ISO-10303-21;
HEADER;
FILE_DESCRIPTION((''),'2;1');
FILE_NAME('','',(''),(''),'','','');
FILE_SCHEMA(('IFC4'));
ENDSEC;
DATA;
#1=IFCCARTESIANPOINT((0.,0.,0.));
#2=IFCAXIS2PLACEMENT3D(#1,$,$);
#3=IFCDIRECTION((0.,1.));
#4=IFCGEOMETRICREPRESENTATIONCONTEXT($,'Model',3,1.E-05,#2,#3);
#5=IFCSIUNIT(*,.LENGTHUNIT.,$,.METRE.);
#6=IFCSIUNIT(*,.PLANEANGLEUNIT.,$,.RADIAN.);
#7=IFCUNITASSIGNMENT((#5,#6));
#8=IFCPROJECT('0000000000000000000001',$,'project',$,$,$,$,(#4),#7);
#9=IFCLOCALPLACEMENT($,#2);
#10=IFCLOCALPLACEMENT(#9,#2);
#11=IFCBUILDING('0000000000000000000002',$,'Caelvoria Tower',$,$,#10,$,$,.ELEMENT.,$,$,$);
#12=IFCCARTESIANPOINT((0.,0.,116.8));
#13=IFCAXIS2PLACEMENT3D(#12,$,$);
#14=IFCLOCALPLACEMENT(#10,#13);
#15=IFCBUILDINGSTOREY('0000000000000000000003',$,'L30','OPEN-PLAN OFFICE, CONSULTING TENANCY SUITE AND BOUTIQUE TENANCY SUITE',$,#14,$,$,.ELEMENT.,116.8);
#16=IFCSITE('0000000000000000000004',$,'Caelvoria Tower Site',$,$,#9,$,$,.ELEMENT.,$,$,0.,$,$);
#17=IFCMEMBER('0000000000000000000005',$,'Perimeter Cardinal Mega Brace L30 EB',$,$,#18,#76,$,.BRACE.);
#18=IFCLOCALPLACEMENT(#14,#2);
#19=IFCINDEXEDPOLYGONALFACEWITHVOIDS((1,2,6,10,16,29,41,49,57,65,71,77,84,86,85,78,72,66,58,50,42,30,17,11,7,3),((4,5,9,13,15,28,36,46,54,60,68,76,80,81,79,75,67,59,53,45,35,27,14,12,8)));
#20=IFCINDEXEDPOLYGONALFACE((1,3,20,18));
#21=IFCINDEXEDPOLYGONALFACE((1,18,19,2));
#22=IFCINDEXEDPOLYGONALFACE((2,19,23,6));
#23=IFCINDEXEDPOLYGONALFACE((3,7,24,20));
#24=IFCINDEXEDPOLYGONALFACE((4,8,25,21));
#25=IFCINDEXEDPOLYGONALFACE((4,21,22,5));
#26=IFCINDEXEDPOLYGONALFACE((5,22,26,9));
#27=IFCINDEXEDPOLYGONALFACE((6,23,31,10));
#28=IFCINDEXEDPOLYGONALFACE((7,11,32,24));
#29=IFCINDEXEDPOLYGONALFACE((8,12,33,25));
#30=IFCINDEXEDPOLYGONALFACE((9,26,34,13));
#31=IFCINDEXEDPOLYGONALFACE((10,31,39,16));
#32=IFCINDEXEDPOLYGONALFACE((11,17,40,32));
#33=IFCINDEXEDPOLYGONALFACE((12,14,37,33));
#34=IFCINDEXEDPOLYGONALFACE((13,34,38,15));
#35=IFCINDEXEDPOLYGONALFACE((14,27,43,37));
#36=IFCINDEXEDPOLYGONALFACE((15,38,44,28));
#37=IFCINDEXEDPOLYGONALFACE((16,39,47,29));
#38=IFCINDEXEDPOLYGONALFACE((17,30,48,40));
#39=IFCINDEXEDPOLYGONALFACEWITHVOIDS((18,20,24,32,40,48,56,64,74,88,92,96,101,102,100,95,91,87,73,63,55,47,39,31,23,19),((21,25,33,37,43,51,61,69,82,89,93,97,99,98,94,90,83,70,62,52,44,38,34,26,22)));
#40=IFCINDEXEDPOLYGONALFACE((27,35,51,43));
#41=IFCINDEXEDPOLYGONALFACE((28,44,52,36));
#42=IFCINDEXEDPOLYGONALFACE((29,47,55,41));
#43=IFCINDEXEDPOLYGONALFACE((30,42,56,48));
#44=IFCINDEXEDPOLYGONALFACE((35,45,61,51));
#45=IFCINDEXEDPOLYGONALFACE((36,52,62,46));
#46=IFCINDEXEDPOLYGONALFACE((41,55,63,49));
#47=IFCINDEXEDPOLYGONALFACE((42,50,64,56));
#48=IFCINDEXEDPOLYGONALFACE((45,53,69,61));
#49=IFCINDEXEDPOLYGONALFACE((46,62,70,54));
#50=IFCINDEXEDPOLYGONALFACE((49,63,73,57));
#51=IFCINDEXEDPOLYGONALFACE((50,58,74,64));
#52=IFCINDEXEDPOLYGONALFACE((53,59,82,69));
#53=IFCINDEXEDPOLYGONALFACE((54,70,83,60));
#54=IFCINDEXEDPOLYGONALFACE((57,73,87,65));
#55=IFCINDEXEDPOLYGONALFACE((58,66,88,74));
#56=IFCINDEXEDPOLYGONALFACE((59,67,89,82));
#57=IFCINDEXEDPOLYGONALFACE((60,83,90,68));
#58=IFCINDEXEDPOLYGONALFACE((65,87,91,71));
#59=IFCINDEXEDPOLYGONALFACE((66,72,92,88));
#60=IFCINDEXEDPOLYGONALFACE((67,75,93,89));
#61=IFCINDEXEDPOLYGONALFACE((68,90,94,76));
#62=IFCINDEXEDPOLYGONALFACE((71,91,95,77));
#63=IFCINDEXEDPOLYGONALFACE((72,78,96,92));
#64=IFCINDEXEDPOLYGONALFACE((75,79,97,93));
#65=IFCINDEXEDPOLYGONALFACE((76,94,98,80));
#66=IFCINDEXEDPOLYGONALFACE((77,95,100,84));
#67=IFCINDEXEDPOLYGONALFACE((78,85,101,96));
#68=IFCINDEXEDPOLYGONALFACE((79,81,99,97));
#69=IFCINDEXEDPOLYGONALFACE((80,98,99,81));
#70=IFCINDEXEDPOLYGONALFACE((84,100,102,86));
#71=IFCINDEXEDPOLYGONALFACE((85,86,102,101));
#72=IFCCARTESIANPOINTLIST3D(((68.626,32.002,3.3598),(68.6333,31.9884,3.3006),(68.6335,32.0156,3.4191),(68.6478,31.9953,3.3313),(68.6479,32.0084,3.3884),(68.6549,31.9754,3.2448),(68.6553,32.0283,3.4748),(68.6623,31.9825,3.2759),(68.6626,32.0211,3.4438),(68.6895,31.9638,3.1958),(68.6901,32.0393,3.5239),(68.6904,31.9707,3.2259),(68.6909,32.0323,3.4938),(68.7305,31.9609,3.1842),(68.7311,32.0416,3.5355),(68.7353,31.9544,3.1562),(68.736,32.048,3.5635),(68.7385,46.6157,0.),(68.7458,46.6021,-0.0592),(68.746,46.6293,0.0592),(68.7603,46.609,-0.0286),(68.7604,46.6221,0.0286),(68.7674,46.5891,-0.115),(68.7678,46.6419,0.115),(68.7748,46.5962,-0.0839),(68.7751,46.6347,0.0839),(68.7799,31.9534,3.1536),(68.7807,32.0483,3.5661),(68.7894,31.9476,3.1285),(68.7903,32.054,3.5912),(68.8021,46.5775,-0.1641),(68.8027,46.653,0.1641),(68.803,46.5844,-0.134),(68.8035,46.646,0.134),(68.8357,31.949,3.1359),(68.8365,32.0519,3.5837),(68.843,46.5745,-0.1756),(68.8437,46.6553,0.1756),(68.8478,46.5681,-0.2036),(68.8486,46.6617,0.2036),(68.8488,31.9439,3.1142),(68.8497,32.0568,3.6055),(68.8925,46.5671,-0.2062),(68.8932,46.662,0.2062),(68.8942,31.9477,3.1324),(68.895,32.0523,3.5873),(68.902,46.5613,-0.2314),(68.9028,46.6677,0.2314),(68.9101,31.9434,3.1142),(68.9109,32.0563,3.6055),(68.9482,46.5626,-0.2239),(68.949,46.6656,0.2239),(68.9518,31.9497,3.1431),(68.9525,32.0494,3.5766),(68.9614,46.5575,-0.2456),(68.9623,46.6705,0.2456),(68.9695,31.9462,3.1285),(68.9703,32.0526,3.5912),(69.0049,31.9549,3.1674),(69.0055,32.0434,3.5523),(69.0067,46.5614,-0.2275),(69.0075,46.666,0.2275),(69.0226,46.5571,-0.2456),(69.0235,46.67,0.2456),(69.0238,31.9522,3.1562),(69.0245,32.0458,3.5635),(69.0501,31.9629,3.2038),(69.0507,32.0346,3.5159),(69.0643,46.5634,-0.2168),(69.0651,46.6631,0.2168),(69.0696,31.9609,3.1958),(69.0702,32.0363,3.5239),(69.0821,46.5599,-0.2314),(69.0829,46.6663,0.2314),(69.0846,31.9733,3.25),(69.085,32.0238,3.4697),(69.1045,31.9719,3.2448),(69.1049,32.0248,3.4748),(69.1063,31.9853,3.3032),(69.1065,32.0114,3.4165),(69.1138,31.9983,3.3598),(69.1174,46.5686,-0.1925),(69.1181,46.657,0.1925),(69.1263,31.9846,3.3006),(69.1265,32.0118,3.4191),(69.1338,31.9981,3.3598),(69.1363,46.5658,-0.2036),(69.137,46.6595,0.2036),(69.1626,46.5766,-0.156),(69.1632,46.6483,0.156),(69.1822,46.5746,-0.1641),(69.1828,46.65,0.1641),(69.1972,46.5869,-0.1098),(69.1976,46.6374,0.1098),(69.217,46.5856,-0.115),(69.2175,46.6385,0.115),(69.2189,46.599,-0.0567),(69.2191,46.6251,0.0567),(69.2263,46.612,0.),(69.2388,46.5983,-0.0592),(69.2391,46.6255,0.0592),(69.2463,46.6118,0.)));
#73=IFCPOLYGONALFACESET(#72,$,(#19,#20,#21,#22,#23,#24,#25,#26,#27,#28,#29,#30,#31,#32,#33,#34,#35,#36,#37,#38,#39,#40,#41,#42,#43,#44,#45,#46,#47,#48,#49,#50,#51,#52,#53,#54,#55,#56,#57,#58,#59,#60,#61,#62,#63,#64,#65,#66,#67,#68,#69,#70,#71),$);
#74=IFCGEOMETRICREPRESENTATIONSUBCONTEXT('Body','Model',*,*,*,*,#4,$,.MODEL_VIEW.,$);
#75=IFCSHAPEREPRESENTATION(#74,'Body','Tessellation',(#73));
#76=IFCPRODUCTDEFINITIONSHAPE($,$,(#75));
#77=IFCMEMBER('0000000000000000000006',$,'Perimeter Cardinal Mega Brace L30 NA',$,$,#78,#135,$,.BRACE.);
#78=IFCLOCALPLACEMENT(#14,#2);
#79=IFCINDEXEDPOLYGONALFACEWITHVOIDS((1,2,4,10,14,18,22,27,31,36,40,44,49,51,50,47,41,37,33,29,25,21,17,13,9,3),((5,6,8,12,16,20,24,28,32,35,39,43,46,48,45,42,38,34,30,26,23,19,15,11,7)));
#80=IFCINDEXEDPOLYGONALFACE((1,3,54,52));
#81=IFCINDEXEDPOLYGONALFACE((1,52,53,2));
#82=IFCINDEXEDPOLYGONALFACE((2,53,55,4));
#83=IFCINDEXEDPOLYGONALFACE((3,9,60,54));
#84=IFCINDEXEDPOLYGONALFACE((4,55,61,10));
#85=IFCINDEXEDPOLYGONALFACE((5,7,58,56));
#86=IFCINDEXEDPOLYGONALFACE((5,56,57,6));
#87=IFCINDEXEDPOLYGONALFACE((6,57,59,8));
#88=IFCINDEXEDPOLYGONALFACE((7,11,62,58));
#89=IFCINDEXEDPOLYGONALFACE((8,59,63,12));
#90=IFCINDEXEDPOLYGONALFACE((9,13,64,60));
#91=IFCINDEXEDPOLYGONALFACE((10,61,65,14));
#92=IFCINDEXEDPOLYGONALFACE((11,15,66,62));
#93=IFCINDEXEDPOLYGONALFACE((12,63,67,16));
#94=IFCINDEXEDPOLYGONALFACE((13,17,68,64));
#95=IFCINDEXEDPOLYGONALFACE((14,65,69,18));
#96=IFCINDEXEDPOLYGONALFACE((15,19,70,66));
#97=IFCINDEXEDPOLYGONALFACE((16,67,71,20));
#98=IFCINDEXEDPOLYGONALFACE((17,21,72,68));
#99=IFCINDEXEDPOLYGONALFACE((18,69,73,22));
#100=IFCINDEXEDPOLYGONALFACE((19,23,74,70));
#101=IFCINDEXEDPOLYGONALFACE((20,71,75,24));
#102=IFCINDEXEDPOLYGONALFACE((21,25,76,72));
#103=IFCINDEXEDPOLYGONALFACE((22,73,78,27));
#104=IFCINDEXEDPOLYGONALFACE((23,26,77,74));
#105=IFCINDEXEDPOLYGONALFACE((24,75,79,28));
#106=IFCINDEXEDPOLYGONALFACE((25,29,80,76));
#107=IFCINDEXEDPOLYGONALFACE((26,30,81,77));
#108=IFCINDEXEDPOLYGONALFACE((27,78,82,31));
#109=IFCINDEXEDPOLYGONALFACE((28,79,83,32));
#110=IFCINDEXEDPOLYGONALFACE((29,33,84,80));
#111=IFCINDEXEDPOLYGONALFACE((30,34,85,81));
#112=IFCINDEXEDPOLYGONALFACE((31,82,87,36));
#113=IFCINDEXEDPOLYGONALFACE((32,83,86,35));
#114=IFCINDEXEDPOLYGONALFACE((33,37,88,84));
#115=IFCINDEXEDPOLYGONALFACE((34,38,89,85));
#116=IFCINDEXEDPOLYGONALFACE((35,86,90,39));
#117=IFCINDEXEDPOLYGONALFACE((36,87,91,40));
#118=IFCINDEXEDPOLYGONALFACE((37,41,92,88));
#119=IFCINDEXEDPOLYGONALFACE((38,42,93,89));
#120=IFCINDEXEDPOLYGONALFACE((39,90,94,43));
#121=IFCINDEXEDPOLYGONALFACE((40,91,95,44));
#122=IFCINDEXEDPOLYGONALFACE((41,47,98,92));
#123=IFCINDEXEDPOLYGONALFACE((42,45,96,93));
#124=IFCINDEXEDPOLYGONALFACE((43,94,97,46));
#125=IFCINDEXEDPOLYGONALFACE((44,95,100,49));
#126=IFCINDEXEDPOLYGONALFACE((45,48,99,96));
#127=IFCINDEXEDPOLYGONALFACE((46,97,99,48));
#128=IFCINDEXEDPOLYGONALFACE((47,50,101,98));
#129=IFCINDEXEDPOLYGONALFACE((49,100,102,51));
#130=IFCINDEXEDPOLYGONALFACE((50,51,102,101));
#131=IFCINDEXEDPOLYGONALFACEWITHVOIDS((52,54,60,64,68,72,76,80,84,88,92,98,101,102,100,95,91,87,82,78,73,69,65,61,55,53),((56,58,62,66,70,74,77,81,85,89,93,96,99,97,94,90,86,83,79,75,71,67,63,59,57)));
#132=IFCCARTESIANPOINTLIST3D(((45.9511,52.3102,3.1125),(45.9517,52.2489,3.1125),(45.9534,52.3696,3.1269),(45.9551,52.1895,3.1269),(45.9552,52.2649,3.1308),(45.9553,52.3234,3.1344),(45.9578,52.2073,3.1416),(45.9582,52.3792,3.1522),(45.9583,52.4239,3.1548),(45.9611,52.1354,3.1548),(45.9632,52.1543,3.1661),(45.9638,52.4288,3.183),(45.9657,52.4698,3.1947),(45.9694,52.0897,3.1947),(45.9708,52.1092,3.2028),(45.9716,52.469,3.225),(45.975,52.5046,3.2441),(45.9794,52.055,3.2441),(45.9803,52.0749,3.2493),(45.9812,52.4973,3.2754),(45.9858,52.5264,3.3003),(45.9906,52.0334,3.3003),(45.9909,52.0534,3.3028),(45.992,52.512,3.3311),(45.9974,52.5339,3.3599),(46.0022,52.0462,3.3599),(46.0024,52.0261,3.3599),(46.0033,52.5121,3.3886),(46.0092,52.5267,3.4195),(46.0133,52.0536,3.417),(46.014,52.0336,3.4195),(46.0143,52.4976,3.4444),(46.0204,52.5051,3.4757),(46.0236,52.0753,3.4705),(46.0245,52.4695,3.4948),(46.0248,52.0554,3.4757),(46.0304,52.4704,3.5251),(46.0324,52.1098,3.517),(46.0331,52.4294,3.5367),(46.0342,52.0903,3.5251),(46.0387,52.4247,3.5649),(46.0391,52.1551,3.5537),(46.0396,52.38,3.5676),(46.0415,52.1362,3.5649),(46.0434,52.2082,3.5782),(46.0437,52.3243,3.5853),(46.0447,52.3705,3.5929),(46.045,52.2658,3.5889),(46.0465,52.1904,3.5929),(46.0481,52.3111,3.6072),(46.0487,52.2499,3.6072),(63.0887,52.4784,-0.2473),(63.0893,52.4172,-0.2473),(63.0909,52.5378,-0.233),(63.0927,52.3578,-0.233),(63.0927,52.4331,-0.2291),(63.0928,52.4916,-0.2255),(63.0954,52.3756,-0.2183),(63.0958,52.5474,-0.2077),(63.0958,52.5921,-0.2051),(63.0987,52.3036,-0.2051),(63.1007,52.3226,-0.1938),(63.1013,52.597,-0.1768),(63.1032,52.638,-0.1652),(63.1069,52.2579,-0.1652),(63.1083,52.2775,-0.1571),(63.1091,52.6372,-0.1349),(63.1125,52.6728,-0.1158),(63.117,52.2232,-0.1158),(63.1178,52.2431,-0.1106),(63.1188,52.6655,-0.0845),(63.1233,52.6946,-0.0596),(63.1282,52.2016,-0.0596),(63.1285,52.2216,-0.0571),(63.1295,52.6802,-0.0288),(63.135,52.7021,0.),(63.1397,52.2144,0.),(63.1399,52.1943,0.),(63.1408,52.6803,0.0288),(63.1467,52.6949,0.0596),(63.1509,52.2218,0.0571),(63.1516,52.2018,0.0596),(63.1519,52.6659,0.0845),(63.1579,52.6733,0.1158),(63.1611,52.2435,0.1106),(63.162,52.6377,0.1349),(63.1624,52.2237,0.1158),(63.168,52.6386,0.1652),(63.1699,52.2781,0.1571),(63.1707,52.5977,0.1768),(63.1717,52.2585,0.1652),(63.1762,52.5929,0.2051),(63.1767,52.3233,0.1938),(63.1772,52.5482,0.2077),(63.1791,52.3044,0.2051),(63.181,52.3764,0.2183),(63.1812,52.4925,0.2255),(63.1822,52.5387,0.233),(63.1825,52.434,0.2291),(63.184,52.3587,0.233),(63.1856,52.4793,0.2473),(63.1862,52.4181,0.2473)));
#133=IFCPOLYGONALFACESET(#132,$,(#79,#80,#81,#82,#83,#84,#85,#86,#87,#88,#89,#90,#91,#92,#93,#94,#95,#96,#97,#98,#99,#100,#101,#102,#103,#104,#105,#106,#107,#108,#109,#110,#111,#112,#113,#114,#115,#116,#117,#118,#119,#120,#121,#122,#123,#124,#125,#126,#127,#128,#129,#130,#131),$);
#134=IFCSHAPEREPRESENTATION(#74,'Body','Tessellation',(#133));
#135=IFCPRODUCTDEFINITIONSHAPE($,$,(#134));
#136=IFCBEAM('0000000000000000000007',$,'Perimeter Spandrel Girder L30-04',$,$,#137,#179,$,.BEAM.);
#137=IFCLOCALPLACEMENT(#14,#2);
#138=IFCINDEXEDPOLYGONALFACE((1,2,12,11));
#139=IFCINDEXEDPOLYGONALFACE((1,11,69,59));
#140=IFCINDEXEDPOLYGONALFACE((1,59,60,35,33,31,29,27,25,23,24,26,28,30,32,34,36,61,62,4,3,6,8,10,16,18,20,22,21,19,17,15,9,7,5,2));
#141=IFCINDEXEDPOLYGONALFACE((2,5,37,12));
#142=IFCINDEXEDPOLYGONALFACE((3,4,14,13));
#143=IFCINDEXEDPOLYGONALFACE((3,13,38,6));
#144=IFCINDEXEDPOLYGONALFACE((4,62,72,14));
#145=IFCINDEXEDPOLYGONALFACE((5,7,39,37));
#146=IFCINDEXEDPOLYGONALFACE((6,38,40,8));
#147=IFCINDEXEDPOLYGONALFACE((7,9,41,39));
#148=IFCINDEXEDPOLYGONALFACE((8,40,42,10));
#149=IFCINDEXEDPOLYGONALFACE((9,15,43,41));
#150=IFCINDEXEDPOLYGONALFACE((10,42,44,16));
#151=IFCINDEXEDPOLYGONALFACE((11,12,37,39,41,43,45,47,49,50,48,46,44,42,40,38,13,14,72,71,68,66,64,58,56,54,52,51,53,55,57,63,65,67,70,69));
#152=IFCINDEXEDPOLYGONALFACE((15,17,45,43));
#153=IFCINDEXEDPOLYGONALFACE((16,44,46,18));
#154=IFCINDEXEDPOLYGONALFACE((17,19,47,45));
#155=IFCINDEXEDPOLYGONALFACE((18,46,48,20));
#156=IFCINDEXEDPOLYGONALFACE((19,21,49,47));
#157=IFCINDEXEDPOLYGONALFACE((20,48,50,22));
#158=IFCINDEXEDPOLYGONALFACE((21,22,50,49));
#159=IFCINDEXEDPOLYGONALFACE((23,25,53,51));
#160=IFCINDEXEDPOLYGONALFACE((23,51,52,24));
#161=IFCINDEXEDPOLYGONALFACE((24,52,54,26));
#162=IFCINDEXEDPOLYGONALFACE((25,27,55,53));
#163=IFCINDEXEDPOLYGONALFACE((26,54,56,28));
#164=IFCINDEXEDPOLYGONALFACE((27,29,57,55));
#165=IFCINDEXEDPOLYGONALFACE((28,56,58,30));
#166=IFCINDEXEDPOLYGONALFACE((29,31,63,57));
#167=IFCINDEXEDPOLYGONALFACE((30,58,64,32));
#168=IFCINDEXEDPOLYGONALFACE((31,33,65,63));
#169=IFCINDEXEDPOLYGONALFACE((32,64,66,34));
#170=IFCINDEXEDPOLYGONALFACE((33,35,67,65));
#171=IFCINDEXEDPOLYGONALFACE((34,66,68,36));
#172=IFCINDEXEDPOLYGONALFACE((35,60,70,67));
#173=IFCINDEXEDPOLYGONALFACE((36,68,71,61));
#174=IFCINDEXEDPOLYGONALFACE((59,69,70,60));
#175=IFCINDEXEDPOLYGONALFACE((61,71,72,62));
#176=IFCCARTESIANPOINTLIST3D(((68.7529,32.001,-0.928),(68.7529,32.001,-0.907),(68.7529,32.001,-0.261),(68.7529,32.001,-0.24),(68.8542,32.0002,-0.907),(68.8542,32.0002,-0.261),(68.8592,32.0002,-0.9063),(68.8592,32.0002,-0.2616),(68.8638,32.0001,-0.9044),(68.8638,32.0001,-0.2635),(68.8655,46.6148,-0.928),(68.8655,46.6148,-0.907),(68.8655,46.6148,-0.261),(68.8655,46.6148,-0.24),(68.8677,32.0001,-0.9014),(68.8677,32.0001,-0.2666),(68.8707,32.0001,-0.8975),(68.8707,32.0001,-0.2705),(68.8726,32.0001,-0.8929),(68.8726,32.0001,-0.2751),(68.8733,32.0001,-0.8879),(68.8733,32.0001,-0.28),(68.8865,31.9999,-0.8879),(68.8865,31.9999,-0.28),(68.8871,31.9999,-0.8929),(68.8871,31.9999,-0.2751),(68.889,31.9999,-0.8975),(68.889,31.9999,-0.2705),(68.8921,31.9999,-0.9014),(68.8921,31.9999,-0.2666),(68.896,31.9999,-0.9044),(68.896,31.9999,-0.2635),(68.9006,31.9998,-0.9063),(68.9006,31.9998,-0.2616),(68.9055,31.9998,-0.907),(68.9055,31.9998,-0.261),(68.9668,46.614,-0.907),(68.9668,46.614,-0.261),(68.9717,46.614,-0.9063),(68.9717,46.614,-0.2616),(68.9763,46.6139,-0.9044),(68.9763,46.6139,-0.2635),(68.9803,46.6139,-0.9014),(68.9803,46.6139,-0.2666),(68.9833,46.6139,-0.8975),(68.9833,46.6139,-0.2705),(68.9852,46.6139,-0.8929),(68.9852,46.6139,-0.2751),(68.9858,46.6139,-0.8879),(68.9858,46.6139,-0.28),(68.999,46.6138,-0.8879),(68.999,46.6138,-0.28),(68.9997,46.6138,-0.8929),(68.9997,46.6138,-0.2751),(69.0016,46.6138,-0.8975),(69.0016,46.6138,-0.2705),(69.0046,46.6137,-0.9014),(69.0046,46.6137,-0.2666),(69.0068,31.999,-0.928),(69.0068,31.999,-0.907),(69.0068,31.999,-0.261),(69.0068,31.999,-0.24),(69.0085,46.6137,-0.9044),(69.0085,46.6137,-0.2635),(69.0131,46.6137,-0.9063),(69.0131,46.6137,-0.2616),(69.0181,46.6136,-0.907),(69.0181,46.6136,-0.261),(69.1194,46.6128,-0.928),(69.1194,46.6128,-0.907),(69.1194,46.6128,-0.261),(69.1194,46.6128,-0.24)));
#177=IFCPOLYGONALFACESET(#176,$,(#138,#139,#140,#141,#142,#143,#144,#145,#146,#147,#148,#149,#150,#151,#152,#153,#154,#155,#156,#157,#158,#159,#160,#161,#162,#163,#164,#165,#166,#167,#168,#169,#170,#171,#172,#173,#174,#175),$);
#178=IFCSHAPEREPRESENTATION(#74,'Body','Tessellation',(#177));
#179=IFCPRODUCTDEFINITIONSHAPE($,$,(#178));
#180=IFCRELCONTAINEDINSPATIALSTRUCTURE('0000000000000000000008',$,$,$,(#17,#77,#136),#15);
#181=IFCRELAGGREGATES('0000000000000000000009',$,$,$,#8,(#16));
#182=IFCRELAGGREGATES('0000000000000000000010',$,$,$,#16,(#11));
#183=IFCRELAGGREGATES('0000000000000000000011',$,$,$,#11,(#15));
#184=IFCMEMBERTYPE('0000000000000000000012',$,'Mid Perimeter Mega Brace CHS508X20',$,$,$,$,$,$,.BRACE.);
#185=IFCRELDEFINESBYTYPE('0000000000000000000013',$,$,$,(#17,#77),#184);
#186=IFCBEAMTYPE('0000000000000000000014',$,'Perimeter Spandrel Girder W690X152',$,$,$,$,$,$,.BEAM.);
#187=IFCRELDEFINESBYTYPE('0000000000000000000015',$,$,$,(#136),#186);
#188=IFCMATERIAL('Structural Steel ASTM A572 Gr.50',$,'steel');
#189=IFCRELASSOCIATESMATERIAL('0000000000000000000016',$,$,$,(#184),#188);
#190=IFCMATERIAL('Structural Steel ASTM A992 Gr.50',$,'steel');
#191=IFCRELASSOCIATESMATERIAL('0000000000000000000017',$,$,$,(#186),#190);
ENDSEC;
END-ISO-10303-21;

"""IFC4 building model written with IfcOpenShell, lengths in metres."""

from ifc_helpers import new_model, si_unit, direction, frame, origin, origin_2d, place, context, subcontext, project, spatial, hollow_circle, i_section, extrude, material, material_profile, profile_set, type_object, element, save


model = new_model("IFC4")

# Units and contexts
model_context = context("Model", 3, precision=1e-05, world=origin(), true_north=direction((0.0, 1.0)))
body_context = subcontext(model_context, "Body", "Model", "MODEL_VIEW")
ifc_project = project(units=[si_unit("LENGTHUNIT", "METRE"), si_unit("PLANEANGLEUNIT", "RADIAN")], contexts=[model_context])

# Site, building, storey
site_placement = place(None, origin())
site = spatial("IfcSite", under=ifc_project, at=site_placement, Name="Caelvoria Tower Site", CompositionType="ELEMENT", RefElevation=0.0)
building_placement = place(site_placement, origin())
building = spatial("IfcBuilding", under=site, at=building_placement, Name="Caelvoria Tower", CompositionType="ELEMENT")
storey_placement = place(building_placement, frame((0.0, 0.0, 116.8)))
storey = spatial("IfcBuildingStorey", under=building, at=storey_placement, Name="L30", Description="OPEN-PLAN OFFICE, CONSULTING TENANCY SUITE AND BOUTIQUE TENANCY SUITE", CompositionType="ELEMENT", Elevation=116.8)

# Shared definitions
ifc_material_1 = material(Name="Structural Steel ASTM A572 Gr.50", Category="steel")

# Members
ifc_material_profile_1 = material_profile(ifc_material_1, hollow_circle(Radius=0.2539, WallThickness=0.02, at=origin_2d()), Name="Structural Steel ASTM A572 Gr.50")
ifc_profile_set_1 = profile_set([ifc_material_profile_1], Name="CHS508X20 - Structural Steel ASTM A572 Gr.50")
member_type = type_object("IfcMemberType", Name="Mid Perimeter Mega Brace CHS508X20", PredefinedType="BRACE", material=ifc_profile_set_1)
member_1_placement = place(storey_placement, frame((68.9924, 46.6138, 0.0), z_axis=(-0.007506, -0.974547, 0.224059), x_axis=(0.99997, -0.007701, 0.0)))
element("IfcMember", 1, at=member_1_placement, inside=storey, type_object=member_type, Name="Perimeter Cardinal Mega Brace L30 EB", PredefinedType="BRACE", context=body_context, shape_type="SweptSolid", body=[
    extrude(hollow_circle(Radius=0.2539, WallThickness=0.02, at=origin_2d()), origin(), (0.0, 0.0, 1.0), 14.9954),
])
member_2_placement = place(storey_placement, frame((63.1375, 52.4482, 0.0), z_axis=(-0.981273, -0.009632, 0.192382), x_axis=(0.009815, -0.999952, 0.0)))
element("IfcMember", 2, at=member_2_placement, inside=storey, type_object=member_type, Name="Perimeter Cardinal Mega Brace L30 NA", PredefinedType="BRACE", context=body_context, shape_type="SweptSolid", body=[
    extrude(hollow_circle(Radius=0.2539, WallThickness=0.02, at=origin_2d()), origin(), (0.0, 0.0, 1.0), 17.4646),
])

# Beam
ifc_material_2 = material(Name="Structural Steel ASTM A992 Gr.50", Category="steel")
ifc_material_profile_2 = material_profile(ifc_material_2, i_section(OverallWidth=0.2539, OverallDepth=0.688, WebThickness=0.0132, FlangeThickness=0.021, FilletRadius=0.019, at=origin_2d()), Name="Structural Steel ASTM A992 Gr.50")
ifc_profile_set_2 = profile_set([ifc_material_profile_2], Name="W690X152 - Structural Steel ASTM A992 Gr.50")
beam_type_1 = type_object("IfcBeamType", Name="Perimeter Spandrel Girder W690X152", PredefinedType="BEAM", material=ifc_profile_set_2)
beam_1_placement = place(storey_placement, frame((68.8799, 32.0, -0.584), z_axis=(0.007701, 0.99997, 0.0), x_axis=(-0.99997, 0.007701, 0.0)))
element("IfcBeam", 3, at=beam_1_placement, inside=storey, type_object=beam_type_1, Name="Perimeter Spandrel Girder L30-04", PredefinedType="BEAM", context=body_context, shape_type="SweptSolid", body=[
    extrude(i_section(OverallWidth=0.2539, OverallDepth=0.688, WebThickness=0.0132, FlangeThickness=0.021, FilletRadius=0.019, at=origin_2d()), origin(), (0.0, 0.0, 1.0), 14.6143),
])

save(model, "model.ifc")
